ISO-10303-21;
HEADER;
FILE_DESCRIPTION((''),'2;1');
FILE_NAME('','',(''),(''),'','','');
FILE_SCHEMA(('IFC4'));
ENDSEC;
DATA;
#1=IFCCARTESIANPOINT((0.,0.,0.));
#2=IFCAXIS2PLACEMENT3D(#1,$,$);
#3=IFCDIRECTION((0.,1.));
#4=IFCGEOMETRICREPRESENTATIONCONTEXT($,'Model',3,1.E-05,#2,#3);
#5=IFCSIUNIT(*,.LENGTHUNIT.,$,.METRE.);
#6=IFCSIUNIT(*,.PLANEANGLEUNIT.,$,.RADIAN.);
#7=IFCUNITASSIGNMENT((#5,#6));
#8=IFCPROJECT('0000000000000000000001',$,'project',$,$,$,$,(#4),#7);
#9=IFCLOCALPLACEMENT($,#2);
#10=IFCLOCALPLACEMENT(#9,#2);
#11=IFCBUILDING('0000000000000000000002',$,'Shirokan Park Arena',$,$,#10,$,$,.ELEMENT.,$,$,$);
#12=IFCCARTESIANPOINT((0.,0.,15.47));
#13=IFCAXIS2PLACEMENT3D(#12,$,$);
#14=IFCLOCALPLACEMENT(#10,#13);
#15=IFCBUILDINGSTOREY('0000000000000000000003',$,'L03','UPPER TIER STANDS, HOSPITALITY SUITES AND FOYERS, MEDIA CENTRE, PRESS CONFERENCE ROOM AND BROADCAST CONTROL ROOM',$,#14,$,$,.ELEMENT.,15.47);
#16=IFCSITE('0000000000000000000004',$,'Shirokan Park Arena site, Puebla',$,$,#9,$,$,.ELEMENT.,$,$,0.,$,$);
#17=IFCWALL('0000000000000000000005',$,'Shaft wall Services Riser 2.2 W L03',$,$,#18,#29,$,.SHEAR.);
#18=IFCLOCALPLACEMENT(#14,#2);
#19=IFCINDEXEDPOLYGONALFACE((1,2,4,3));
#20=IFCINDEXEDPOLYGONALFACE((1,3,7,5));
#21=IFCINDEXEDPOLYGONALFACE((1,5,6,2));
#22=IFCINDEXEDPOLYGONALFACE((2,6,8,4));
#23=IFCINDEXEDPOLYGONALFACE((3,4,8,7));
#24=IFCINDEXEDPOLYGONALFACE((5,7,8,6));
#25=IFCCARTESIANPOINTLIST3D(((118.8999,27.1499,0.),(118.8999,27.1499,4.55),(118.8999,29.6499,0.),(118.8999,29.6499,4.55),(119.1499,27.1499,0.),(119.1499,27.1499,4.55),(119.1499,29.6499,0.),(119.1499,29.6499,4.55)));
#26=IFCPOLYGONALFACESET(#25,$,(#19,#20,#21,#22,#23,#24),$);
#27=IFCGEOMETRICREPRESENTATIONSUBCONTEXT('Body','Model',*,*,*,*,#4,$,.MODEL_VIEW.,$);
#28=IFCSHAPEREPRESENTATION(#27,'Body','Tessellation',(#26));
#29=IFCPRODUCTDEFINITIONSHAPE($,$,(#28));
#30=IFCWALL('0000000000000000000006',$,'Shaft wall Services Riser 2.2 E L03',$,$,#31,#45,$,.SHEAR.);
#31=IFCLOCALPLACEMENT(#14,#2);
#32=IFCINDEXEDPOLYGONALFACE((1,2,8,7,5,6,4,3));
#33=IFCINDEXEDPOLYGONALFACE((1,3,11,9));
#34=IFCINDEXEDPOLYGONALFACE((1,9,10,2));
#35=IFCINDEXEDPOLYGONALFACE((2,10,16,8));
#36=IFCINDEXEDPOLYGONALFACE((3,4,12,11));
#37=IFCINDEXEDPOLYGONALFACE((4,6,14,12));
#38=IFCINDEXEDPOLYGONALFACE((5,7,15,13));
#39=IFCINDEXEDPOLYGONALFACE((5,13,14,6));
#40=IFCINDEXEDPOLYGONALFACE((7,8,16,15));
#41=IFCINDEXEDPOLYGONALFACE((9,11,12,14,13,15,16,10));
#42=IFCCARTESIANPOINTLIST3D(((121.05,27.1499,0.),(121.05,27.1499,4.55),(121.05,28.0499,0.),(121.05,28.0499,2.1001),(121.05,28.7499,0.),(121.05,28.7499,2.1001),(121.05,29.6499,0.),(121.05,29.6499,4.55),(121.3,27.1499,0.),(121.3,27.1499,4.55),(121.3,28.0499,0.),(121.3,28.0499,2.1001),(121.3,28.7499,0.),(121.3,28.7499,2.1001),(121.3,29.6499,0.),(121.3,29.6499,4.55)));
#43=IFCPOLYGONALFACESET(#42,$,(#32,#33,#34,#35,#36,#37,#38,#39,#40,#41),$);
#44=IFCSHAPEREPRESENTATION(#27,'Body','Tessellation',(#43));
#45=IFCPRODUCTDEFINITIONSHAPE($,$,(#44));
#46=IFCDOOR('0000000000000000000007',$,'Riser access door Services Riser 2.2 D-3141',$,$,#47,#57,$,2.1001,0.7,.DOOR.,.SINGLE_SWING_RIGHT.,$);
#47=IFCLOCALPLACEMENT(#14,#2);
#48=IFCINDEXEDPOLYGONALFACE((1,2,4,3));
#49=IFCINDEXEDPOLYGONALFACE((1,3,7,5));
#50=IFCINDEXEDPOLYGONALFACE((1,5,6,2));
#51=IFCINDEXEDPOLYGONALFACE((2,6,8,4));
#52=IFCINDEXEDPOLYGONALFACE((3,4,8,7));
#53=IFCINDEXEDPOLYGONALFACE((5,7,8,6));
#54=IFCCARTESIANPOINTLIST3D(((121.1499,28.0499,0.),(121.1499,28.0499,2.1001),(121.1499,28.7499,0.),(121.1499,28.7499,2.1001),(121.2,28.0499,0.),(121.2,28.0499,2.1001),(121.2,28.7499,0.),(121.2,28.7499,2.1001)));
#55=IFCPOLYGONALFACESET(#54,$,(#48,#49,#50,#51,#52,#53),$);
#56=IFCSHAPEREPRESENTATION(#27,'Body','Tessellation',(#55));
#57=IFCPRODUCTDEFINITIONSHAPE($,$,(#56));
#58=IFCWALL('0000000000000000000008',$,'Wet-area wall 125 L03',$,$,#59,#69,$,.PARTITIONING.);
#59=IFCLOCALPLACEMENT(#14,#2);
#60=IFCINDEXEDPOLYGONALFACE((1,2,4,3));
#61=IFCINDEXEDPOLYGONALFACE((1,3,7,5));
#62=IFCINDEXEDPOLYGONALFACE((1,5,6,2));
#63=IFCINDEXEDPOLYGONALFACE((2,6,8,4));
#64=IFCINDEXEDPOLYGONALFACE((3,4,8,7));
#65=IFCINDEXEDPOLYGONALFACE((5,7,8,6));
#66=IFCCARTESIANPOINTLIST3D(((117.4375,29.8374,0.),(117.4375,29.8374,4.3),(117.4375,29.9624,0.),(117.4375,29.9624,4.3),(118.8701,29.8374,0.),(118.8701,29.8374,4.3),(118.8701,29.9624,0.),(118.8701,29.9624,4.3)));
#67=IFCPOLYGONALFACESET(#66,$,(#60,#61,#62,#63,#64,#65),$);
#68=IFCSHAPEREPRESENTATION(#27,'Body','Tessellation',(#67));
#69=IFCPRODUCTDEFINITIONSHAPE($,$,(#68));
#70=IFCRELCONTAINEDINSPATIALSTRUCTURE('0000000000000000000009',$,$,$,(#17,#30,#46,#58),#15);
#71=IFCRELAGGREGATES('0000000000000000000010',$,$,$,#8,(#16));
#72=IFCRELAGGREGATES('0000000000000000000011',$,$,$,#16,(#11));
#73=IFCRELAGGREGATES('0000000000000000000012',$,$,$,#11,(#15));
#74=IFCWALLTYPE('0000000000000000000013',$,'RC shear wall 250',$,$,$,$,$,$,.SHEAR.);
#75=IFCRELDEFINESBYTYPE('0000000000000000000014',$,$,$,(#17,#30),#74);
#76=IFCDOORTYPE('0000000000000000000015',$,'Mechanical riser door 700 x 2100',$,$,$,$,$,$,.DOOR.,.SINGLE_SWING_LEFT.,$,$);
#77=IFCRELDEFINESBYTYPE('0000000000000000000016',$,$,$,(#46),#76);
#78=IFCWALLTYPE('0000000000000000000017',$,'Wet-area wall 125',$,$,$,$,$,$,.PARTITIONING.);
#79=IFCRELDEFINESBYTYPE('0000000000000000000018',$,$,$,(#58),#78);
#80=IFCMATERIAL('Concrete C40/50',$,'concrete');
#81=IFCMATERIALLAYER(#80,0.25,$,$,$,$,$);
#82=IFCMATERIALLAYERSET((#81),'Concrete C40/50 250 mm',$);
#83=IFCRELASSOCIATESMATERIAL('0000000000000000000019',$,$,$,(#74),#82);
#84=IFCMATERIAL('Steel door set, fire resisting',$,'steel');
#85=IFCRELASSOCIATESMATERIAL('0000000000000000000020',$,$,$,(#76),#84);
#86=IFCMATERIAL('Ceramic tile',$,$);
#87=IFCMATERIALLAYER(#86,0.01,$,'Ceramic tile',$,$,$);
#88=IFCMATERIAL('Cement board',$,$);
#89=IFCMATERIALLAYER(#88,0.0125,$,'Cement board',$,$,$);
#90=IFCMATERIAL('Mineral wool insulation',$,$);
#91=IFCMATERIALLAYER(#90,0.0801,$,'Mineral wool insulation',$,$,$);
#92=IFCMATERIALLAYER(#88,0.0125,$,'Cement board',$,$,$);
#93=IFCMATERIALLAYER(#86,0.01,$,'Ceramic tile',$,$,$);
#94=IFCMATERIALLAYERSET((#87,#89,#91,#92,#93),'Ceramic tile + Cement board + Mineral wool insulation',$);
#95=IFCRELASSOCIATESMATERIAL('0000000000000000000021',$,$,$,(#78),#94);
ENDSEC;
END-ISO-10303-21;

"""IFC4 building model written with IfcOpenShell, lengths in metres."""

from ifc_helpers import new_model, si_unit, direction, frame, frame_2d, origin, place, context, subcontext, project, spatial, rectangle, extrude, material, layer, layer_set, type_object, element, fill, save


model = new_model("IFC4")

# Units and contexts
model_context = context("Model", 3, precision=1e-05, world=origin(), true_north=direction((0.0, 1.0)))
body_context = subcontext(model_context, "Body", "Model", "MODEL_VIEW")
ifc_project = project(units=[si_unit("LENGTHUNIT", "METRE"), si_unit("PLANEANGLEUNIT", "RADIAN")], contexts=[model_context])

# Site, building, storey
site_placement = place(None, origin())
site = spatial("IfcSite", under=ifc_project, at=site_placement, Name="Shirokan Park Arena site, Puebla", CompositionType="ELEMENT", RefElevation=0.0)
building_placement = place(site_placement, origin())
building = spatial("IfcBuilding", under=site, at=building_placement, Name="Shirokan Park Arena", CompositionType="ELEMENT")
storey_placement = place(building_placement, frame((0.0, 0.0, 15.47)))
storey = spatial("IfcBuildingStorey", under=building, at=storey_placement, Name="L03", Description="UPPER TIER STANDS, HOSPITALITY SUITES AND FOYERS, MEDIA CENTRE, PRESS CONFERENCE ROOM AND BROADCAST CONTROL ROOM", CompositionType="ELEMENT", Elevation=15.47)

# Shared definitions
ifc_material_1 = material(Name="Mineral wool insulation")

# Wall
ifc_material_2 = material(Name="Ceramic tile")
ifc_material_3 = material(Name="Concrete C40/50", Category="concrete")
ifc_layer_1 = layer(ifc_material_3, 0.25)
ifc_layer_set_1 = layer_set([ifc_layer_1], Name="Concrete C40/50 250 mm")
wall_type_1 = type_object("IfcWallType", Name="RC shear wall 250", PredefinedType="SHEAR", material=ifc_layer_set_1)
wall_1_placement = place(storey_placement, frame((119.0249, 29.6499, 0.0), z_axis=(0.0, 0.0, 1.0), x_axis=(0.0, -1.0, 0.0)))
element("IfcWall", 1, at=wall_1_placement, inside=storey, type_object=wall_type_1, Name="Shaft wall Services Riser 2.2 W L03", PredefinedType="SHEAR", context=body_context, shape_type="SweptSolid", body=[
    extrude(rectangle(XDim=2.5, YDim=0.25, at=frame_2d((1.25, 0.0))), origin(), (0.0, 0.0, 1.0), 4.55),
])

# Wall, opening, door
wall_2_placement = place(storey_placement, frame((121.175, 29.6499, 0.0), z_axis=(0.0, 0.0, 1.0), x_axis=(0.0, -1.0, 0.0)))
wall_2 = element("IfcWall", 2, at=wall_2_placement, inside=storey, type_object=wall_type_1, Name="Shaft wall Services Riser 2.2 E L03", PredefinedType="SHEAR", context=body_context, shape_type="SweptSolid", body=[
    extrude(rectangle(XDim=2.5, YDim=0.25, at=frame_2d((1.25, 0.0))), origin(), (0.0, 0.0, 1.0), 4.55),
])
opening_1_placement = place(wall_2_placement, frame((0.8999, 0.0, 0.0)))
opening_1 = element("IfcOpeningElement", 3, at=opening_1_placement, cuts=wall_2, PredefinedType="OPENING", context=body_context, shape_type="SweptSolid", body=[
    extrude(rectangle(XDim=0.7, YDim=2.1001, at=frame_2d((0.3501, 1.05))), frame((0.0, 0.135, 0.0), z_axis=(0.0, -1.0, 0.0), x_axis=(1.0, 0.0, 0.0)), (0.0, 0.0, 1.0), 0.27),
])
ifc_material_4 = material(Name="Steel door set, fire resisting", Category="steel")
door_type_1 = type_object("IfcDoorType", Name="Mechanical riser door 700 x 2100", OperationType="SINGLE_SWING_LEFT", PredefinedType="DOOR", material=ifc_material_4)
door_1_placement = place(opening_1_placement, origin())
door_1 = element("IfcDoor", 4, at=door_1_placement, inside=storey, type_object=door_type_1, Name="Riser access door Services Riser 2.2 D-3141", OperationType="SINGLE_SWING_RIGHT", OverallHeight=2.1001, OverallWidth=0.7, PredefinedType="DOOR", context=body_context, shape_type="SweptSolid", body=[
    extrude(rectangle(XDim=0.7, YDim=2.1001, at=frame_2d((0.3501, 1.05))), frame((0.0, 0.0249, 0.0), z_axis=(0.0, -1.0, 0.0), x_axis=(1.0, 0.0, 0.0)), (0.0, 0.0, 1.0), 0.05),
])
fill(opening_1, door_1)

# Wall
ifc_layer_2 = layer(ifc_material_2, 0.01, Name="Ceramic tile")
ifc_material_5 = material(Name="Cement board")
ifc_layer_3 = layer(ifc_material_5, 0.0125, Name="Cement board")
ifc_layer_4 = layer(ifc_material_1, 0.0801, Name="Mineral wool insulation")
ifc_layer_5 = layer(ifc_material_5, 0.0125, Name="Cement board")
ifc_layer_6 = layer(ifc_material_2, 0.01, Name="Ceramic tile")
ifc_layer_set_2 = layer_set([ifc_layer_2, ifc_layer_3, ifc_layer_4, ifc_layer_5, ifc_layer_6], Name="Ceramic tile + Cement board + Mineral wool insulation")
wall_type_2 = type_object("IfcWallType", Name="Wet-area wall 125", PredefinedType="PARTITIONING", material=ifc_layer_set_2)
wall_3_placement = place(storey_placement, frame((117.4375, 29.8999, 0.0), z_axis=(0.0, 0.0, 1.0), x_axis=(1.0, 0.0, 0.0)))
element("IfcWall", 5, at=wall_3_placement, inside=storey, type_object=wall_type_2, Name="Wet-area wall 125 L03", PredefinedType="PARTITIONING", context=body_context, shape_type="SweptSolid", body=[
    extrude(rectangle(XDim=1.4326, YDim=0.125, at=frame_2d((0.7163, 0.0))), origin(), (0.0, 0.0, 1.0), 4.3),
])

save(model, "model.ifc")
